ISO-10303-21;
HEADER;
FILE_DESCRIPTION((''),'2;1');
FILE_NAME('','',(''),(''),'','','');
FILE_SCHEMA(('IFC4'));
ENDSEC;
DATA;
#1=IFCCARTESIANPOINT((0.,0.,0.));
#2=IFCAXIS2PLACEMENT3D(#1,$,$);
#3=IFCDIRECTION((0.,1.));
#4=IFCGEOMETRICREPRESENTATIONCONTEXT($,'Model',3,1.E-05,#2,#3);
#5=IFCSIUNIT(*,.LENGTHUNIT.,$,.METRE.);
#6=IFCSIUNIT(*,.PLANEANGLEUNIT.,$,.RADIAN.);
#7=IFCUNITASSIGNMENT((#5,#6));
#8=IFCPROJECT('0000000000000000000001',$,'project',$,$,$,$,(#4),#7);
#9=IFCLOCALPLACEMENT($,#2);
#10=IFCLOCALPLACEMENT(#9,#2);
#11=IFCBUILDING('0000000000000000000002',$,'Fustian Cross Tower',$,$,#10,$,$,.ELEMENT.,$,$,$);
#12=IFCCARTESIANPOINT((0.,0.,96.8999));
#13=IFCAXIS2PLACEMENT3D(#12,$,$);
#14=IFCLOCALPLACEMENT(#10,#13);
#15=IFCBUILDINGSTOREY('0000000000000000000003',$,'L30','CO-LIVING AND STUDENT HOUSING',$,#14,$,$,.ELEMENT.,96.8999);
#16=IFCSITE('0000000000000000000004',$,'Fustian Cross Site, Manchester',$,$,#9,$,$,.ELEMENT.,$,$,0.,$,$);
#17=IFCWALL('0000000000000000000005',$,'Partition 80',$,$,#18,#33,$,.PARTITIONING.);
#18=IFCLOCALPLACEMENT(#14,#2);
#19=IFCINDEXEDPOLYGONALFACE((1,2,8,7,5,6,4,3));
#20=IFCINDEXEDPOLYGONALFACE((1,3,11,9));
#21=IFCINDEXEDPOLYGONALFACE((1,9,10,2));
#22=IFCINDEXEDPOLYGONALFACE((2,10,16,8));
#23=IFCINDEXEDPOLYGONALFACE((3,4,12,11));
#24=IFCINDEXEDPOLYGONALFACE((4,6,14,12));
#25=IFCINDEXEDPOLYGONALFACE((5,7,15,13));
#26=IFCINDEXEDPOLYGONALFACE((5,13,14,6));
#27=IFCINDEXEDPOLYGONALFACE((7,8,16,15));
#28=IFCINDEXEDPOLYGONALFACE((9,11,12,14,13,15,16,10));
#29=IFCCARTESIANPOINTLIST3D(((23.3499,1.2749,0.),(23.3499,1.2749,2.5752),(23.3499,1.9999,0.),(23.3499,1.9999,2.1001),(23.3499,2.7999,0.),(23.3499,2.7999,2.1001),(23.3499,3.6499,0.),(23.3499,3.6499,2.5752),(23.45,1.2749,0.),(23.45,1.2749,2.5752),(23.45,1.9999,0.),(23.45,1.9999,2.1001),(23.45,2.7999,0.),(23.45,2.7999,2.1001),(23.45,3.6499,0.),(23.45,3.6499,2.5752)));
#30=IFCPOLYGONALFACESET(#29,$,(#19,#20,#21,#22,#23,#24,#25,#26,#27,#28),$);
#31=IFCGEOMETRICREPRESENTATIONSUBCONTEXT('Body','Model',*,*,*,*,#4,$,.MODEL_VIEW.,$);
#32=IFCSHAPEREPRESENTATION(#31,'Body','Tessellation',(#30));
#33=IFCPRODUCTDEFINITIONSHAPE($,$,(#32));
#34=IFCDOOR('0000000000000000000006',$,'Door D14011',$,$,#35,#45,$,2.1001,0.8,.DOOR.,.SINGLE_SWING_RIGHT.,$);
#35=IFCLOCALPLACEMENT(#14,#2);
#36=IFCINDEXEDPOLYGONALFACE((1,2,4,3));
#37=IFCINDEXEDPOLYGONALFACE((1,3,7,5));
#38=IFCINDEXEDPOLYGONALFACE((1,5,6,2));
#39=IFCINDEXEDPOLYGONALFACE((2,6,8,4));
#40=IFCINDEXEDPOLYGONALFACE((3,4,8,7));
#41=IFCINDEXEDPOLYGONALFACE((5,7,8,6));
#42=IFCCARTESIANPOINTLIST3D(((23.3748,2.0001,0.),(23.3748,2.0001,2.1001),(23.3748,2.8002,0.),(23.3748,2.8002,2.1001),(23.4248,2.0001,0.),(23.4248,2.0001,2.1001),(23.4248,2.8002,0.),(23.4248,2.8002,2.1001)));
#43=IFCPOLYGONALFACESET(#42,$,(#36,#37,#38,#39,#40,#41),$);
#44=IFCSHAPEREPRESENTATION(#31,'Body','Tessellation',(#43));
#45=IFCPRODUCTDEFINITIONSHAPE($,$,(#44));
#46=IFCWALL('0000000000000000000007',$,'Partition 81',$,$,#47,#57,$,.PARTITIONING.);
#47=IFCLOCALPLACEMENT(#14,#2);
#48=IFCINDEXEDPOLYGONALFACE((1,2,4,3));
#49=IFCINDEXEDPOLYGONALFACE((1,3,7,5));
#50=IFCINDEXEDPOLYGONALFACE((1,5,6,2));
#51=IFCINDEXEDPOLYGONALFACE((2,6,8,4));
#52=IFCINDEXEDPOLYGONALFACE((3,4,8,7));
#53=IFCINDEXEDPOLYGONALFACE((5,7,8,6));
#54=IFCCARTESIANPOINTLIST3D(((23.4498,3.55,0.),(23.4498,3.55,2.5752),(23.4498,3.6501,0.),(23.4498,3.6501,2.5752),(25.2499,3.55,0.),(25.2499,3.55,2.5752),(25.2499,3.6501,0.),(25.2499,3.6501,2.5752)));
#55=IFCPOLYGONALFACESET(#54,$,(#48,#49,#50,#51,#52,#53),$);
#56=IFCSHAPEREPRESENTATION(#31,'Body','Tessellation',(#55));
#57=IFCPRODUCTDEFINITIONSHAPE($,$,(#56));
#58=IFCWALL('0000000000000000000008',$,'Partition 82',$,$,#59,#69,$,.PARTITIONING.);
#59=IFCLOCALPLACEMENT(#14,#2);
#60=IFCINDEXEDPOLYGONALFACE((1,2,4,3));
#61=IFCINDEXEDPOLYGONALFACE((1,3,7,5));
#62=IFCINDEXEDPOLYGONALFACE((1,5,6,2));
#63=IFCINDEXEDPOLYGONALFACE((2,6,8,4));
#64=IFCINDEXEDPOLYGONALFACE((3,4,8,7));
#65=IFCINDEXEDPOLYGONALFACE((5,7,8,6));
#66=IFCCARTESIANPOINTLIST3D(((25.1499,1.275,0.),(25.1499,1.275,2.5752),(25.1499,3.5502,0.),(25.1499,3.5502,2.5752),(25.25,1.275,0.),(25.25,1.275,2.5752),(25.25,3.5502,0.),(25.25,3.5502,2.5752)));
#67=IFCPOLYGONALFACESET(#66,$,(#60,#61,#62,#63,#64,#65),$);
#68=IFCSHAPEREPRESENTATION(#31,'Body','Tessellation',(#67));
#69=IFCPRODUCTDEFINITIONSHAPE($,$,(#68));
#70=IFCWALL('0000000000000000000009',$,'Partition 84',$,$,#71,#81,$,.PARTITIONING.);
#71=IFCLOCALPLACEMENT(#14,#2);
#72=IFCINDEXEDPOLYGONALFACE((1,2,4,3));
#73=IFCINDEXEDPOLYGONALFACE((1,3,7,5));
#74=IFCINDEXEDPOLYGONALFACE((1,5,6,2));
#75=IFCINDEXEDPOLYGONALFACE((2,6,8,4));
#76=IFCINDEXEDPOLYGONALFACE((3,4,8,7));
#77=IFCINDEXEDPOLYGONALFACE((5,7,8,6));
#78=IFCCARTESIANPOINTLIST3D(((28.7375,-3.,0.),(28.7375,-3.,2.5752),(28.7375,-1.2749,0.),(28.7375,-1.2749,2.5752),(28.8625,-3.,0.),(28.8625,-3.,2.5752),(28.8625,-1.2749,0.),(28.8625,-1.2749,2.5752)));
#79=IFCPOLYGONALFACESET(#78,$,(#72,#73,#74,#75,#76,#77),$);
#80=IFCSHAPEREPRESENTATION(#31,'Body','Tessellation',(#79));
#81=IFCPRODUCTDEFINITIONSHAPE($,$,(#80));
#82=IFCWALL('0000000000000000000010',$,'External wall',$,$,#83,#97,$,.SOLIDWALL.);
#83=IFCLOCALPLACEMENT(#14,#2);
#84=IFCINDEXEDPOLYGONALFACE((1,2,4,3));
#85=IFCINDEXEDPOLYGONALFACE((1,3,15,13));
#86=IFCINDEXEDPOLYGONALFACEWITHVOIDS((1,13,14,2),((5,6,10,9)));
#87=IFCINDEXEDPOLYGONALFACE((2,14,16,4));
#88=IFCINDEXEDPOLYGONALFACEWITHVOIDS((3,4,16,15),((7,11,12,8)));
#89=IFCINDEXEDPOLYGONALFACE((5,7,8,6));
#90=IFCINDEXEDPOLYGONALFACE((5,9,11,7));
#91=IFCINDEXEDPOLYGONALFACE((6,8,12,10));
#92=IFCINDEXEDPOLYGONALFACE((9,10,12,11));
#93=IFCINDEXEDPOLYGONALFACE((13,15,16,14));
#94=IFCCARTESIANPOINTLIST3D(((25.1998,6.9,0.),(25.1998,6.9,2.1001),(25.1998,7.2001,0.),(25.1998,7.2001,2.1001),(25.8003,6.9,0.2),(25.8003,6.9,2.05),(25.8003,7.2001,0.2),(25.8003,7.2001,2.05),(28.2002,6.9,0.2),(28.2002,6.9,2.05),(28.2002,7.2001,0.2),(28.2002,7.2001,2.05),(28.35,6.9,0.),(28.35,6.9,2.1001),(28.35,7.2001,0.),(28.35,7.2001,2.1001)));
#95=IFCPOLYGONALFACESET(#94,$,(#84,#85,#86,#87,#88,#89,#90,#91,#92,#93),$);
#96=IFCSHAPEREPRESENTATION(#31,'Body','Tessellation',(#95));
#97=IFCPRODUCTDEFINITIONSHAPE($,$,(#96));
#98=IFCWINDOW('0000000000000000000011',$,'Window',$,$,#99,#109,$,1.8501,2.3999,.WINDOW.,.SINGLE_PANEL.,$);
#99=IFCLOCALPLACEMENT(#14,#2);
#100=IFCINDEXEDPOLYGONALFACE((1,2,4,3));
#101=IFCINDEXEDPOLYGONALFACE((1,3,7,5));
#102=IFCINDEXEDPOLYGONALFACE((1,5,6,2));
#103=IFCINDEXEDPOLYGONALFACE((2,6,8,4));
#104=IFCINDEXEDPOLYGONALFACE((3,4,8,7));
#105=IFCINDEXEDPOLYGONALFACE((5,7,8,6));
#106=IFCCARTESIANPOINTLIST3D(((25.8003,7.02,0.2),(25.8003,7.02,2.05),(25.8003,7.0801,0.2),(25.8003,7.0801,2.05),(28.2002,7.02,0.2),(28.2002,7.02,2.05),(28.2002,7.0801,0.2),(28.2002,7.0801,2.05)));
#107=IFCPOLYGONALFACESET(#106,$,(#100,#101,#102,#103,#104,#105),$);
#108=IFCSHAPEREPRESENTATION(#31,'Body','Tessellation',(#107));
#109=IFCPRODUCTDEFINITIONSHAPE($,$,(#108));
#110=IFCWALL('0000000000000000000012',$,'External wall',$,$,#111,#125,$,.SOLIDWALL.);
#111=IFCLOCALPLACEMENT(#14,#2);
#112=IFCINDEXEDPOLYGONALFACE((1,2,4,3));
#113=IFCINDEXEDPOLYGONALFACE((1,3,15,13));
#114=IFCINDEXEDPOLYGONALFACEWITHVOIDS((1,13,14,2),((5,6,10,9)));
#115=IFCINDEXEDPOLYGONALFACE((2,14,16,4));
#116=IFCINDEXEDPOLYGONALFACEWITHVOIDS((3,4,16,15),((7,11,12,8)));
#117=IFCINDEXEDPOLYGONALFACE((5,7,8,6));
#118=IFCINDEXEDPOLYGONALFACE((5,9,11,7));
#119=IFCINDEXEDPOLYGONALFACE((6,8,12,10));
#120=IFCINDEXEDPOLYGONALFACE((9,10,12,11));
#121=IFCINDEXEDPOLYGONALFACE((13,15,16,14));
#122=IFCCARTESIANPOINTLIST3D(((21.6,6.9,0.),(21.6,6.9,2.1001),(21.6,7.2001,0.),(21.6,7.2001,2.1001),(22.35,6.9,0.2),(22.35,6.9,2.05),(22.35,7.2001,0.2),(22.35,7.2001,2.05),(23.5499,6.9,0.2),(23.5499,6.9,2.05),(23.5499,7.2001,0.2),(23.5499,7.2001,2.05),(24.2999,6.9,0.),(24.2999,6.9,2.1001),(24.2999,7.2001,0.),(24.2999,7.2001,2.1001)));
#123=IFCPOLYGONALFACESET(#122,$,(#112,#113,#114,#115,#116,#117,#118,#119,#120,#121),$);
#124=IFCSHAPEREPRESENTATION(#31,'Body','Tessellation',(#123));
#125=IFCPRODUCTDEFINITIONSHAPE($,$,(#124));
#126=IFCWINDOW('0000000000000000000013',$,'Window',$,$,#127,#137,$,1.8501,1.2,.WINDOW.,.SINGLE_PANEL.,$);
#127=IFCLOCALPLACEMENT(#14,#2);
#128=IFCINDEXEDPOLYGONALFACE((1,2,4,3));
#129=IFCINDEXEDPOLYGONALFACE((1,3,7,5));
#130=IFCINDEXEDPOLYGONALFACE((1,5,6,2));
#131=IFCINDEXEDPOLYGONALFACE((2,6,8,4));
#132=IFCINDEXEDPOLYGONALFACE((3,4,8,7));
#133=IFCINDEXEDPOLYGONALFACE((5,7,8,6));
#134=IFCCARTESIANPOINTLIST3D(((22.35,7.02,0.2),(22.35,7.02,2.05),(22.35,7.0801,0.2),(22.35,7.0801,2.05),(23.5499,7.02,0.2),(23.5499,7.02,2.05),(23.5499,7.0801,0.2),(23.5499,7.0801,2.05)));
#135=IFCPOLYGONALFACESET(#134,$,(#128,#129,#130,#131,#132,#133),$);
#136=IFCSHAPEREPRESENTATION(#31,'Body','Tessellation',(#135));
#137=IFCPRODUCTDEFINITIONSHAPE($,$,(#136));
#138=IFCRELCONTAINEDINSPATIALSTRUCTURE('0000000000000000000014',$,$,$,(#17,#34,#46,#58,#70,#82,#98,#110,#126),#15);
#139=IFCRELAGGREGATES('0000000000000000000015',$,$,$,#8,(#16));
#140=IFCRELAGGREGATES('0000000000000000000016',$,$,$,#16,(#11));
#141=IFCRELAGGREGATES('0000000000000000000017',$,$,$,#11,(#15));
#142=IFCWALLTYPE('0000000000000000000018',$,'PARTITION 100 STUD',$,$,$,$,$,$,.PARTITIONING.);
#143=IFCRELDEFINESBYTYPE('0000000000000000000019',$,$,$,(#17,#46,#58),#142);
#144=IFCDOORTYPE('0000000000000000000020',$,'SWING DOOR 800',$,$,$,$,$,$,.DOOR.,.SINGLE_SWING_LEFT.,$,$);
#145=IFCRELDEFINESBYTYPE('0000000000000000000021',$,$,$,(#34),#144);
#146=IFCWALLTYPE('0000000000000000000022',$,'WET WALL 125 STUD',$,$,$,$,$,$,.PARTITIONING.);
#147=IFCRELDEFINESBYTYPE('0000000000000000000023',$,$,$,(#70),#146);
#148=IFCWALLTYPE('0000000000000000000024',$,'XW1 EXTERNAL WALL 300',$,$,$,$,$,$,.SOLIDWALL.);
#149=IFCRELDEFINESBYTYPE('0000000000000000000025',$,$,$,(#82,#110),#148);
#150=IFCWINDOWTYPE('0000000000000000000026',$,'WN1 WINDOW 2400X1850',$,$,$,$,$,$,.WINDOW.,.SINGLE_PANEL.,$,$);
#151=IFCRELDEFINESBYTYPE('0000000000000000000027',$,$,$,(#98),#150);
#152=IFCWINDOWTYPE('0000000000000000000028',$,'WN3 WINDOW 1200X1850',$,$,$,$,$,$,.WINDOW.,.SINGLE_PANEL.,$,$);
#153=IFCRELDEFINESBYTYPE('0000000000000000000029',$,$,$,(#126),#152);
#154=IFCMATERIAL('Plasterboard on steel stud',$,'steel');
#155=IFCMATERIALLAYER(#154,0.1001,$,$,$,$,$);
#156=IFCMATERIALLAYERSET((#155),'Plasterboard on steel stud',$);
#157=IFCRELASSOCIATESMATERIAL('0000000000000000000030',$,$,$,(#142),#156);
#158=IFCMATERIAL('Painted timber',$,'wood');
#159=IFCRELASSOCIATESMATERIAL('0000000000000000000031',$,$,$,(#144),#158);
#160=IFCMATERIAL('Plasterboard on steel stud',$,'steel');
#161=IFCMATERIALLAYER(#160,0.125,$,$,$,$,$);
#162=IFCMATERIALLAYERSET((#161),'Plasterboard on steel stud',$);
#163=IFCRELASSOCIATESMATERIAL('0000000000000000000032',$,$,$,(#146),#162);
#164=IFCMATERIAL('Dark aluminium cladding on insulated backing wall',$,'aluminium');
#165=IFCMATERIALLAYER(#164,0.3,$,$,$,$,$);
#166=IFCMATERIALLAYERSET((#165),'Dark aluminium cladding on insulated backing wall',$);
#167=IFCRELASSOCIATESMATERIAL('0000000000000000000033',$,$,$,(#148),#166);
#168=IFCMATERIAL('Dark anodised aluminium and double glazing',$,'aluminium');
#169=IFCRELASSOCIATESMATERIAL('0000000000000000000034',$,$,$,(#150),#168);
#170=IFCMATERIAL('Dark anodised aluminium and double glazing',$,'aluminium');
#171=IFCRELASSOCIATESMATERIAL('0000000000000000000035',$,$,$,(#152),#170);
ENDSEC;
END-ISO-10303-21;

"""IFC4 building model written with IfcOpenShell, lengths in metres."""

from ifc_helpers import new_model, si_unit, direction, frame, frame_2d, origin, place, context, subcontext, project, spatial, rectangle, extrude, material, layer, layer_set, type_object, element, fill, save


model = new_model("IFC4")

# Units and contexts
model_context = context("Model", 3, precision=1e-05, world=origin(), true_north=direction((0.0, 1.0)))
body_context = subcontext(model_context, "Body", "Model", "MODEL_VIEW")
ifc_project = project(units=[si_unit("LENGTHUNIT", "METRE"), si_unit("PLANEANGLEUNIT", "RADIAN")], contexts=[model_context])

# Site, building, storey
site_placement = place(None, origin())
site = spatial("IfcSite", under=ifc_project, at=site_placement, Name="Fustian Cross Site, Manchester", CompositionType="ELEMENT", RefElevation=0.0)
building_placement = place(site_placement, origin())
building = spatial("IfcBuilding", under=site, at=building_placement, Name="Fustian Cross Tower", CompositionType="ELEMENT")
storey_placement = place(building_placement, frame((0.0, 0.0, 96.8999)))
storey = spatial("IfcBuildingStorey", under=building, at=storey_placement, Name="L30", Description="CO-LIVING AND STUDENT HOUSING", CompositionType="ELEMENT", Elevation=96.8999)

# Wall, opening, door
ifc_material_1 = material(Name="Plasterboard on steel stud", Category="steel")
ifc_layer_1 = layer(ifc_material_1, 0.1001)
ifc_layer_set_1 = layer_set([ifc_layer_1], Name="Plasterboard on steel stud")
wall_type_1 = type_object("IfcWallType", Name="PARTITION 100 STUD", PredefinedType="PARTITIONING", material=ifc_layer_set_1)
wall_1_placement = place(storey_placement, frame((23.3999, 1.2749, 0.0), z_axis=(0.0, 0.0, 1.0), x_axis=(0.0, 1.0, 0.0)))
wall_1 = element("IfcWall", 1, at=wall_1_placement, inside=storey, type_object=wall_type_1, Name="Partition 80", PredefinedType="PARTITIONING", context=body_context, shape_type="SweptSolid", body=[
    extrude(rectangle(XDim=2.375, YDim=0.1001, at=frame_2d((1.1875, 0.0))), origin(), (0.0, 0.0, 1.0), 2.5752),
])
opening_1_placement = place(wall_1_placement, frame((0.7251, 0.0, 0.0)))
opening_1 = element("IfcOpeningElement", 2, at=opening_1_placement, cuts=wall_1, PredefinedType="OPENING", context=body_context, shape_type="SweptSolid", body=[
    extrude(rectangle(XDim=0.8, YDim=2.1001, at=frame_2d((0.3999, 1.05))), frame((0.0, 0.0601, 0.0), z_axis=(0.0, -1.0, 0.0), x_axis=(1.0, 0.0, 0.0)), (0.0, 0.0, 1.0), 0.1201),
])
ifc_material_2 = material(Name="Painted timber", Category="wood")
door_type_1 = type_object("IfcDoorType", Name="SWING DOOR 800", OperationType="SINGLE_SWING_LEFT", PredefinedType="DOOR", material=ifc_material_2)
door_1_placement = place(opening_1_placement, frame((0.8, 0.0, 0.0), z_axis=(0.0, 0.0, 1.0), x_axis=(-1.0, 0.0, 0.0)))
door_1 = element("IfcDoor", 3, at=door_1_placement, inside=storey, type_object=door_type_1, Name="Door D14011", OperationType="SINGLE_SWING_RIGHT", OverallHeight=2.1001, OverallWidth=0.8, PredefinedType="DOOR", context=body_context, shape_type="SweptSolid", body=[
    extrude(rectangle(XDim=0.8, YDim=2.1001, at=frame_2d((0.3999, 1.05))), frame((0.0, 0.0249, 0.0), z_axis=(0.0, -1.0, 0.0), x_axis=(1.0, 0.0, 0.0)), (0.0, 0.0, 1.0), 0.05),
])
fill(opening_1, door_1)

# Walls
wall_2_placement = place(storey_placement, frame((23.45, 3.6001, 0.0), z_axis=(0.0, 0.0, 1.0), x_axis=(1.0, 0.0, 0.0)))
element("IfcWall", 4, at=wall_2_placement, inside=storey, type_object=wall_type_1, Name="Partition 81", PredefinedType="PARTITIONING", context=body_context, shape_type="SweptSolid", body=[
    extrude(rectangle(XDim=1.8, YDim=0.1001, at=frame_2d((0.8999, 0.0))), origin(), (0.0, 0.0, 1.0), 2.5752),
])
wall_3_placement = place(storey_placement, frame((25.2, 1.2749, 0.0), z_axis=(0.0, 0.0, 1.0), x_axis=(0.0, 1.0, 0.0)))
element("IfcWall", 5, at=wall_3_placement, inside=storey, type_object=wall_type_1, Name="Partition 82", PredefinedType="PARTITIONING", context=body_context, shape_type="SweptSolid", body=[
    extrude(rectangle(XDim=2.2751, YDim=0.1001, at=frame_2d((1.1377, 0.0))), origin(), (0.0, 0.0, 1.0), 2.5752),
])
ifc_material_3 = material(Name="Plasterboard on steel stud", Category="steel")
ifc_layer_2 = layer(ifc_material_3, 0.125)
ifc_layer_set_2 = layer_set([ifc_layer_2], Name="Plasterboard on steel stud")
wall_type_2 = type_object("IfcWallType", Name="WET WALL 125 STUD", PredefinedType="PARTITIONING", material=ifc_layer_set_2)
wall_4_placement = place(storey_placement, frame((28.8, -3.0, 0.0), z_axis=(0.0, 0.0, 1.0), x_axis=(0.0, 1.0, 0.0)))
element("IfcWall", 6, at=wall_4_placement, inside=storey, type_object=wall_type_2, Name="Partition 84", PredefinedType="PARTITIONING", context=body_context, shape_type="SweptSolid", body=[
    extrude(rectangle(XDim=1.7251, YDim=0.125, at=frame_2d((0.8625, 0.0))), origin(), (0.0, 0.0, 1.0), 2.5752),
])

# Walls, openings, windows
ifc_material_4 = material(Name="Dark aluminium cladding on insulated backing wall", Category="aluminium")
ifc_layer_3 = layer(ifc_material_4, 0.3)
ifc_layer_set_3 = layer_set([ifc_layer_3], Name="Dark aluminium cladding on insulated backing wall")
wall_type_3 = type_object("IfcWallType", Name="XW1 EXTERNAL WALL 300", PredefinedType="SOLIDWALL", material=ifc_layer_set_3)
wall_5_placement = place(storey_placement, frame((28.3501, 7.05, 0.0), z_axis=(0.0, 0.0, 1.0), x_axis=(-1.0, 0.0, 0.0)))
wall_5 = element("IfcWall", 7, at=wall_5_placement, inside=storey, type_object=wall_type_3, Name="External wall", PredefinedType="SOLIDWALL", context=body_context, shape_type="SweptSolid", body=[
    extrude(rectangle(XDim=3.1501, YDim=0.3, at=frame_2d((1.5752, 0.0))), origin(), (0.0, 0.0, 1.0), 2.1001),
])
opening_2_placement = place(wall_5_placement, frame((0.1499, 0.0, 0.2)))
opening_2 = element("IfcOpeningElement", 8, at=opening_2_placement, cuts=wall_5, PredefinedType="OPENING", context=body_context, shape_type="SweptSolid", body=[
    extrude(rectangle(XDim=2.3999, YDim=1.8501, at=frame_2d((1.2, 0.925))), frame((0.0, 0.1599, 0.0), z_axis=(0.0, -1.0, 0.0), x_axis=(1.0, 0.0, 0.0)), (0.0, 0.0, 1.0), 0.3201),
])
ifc_material_5 = material(Name="Dark anodised aluminium and double glazing", Category="aluminium")
window_type_1 = type_object("IfcWindowType", Name="WN1 WINDOW 2400X1850", PartitioningType="SINGLE_PANEL", PredefinedType="WINDOW", material=ifc_material_5)
window_1_placement = place(opening_2_placement, origin())
window_1 = element("IfcWindow", 9, at=window_1_placement, inside=storey, type_object=window_type_1, Name="Window", OverallHeight=1.8501, OverallWidth=2.3999, PartitioningType="SINGLE_PANEL", PredefinedType="WINDOW", context=body_context, shape_type="SweptSolid", body=[
    extrude(rectangle(XDim=2.3999, YDim=1.8501, at=frame_2d((1.2, 0.925))), frame((0.0, 0.03, 0.0), z_axis=(0.0, -1.0, 0.0), x_axis=(1.0, 0.0, 0.0)), (0.0, 0.0, 1.0), 0.0601),
])
fill(opening_2, window_1)
wall_6_placement = place(storey_placement, frame((24.3, 7.05, 0.0), z_axis=(0.0, 0.0, 1.0), x_axis=(-1.0, 0.0, 0.0)))
wall_6 = element("IfcWall", 10, at=wall_6_placement, inside=storey, type_object=wall_type_3, Name="External wall", PredefinedType="SOLIDWALL", context=body_context, shape_type="SweptSolid", body=[
    extrude(rectangle(XDim=2.7, YDim=0.3, at=frame_2d((1.3501, 0.0))), origin(), (0.0, 0.0, 1.0), 2.1001),
])
opening_3_placement = place(wall_6_placement, frame((0.75, 0.0, 0.2)))
opening_3 = element("IfcOpeningElement", 11, at=opening_3_placement, cuts=wall_6, PredefinedType="OPENING", context=body_context, shape_type="SweptSolid", body=[
    extrude(rectangle(XDim=1.2, YDim=1.8501, at=frame_2d((0.6001, 0.925))), frame((0.0, 0.1599, 0.0), z_axis=(0.0, -1.0, 0.0), x_axis=(1.0, 0.0, 0.0)), (0.0, 0.0, 1.0), 0.3201),
])
ifc_material_6 = material(Name="Dark anodised aluminium and double glazing", Category="aluminium")
window_type_2 = type_object("IfcWindowType", Name="WN3 WINDOW 1200X1850", PartitioningType="SINGLE_PANEL", PredefinedType="WINDOW", material=ifc_material_6)
window_2_placement = place(opening_3_placement, origin())
window_2 = element("IfcWindow", 12, at=window_2_placement, inside=storey, type_object=window_type_2, Name="Window", OverallHeight=1.8501, OverallWidth=1.2, PartitioningType="SINGLE_PANEL", PredefinedType="WINDOW", context=body_context, shape_type="SweptSolid", body=[
    extrude(rectangle(XDim=1.2, YDim=1.8501, at=frame_2d((0.6001, 0.925))), frame((0.0, 0.03, 0.0), z_axis=(0.0, -1.0, 0.0), x_axis=(1.0, 0.0, 0.0)), (0.0, 0.0, 1.0), 0.0601),
])
fill(opening_3, window_2)

save(model, "model.ifc")
